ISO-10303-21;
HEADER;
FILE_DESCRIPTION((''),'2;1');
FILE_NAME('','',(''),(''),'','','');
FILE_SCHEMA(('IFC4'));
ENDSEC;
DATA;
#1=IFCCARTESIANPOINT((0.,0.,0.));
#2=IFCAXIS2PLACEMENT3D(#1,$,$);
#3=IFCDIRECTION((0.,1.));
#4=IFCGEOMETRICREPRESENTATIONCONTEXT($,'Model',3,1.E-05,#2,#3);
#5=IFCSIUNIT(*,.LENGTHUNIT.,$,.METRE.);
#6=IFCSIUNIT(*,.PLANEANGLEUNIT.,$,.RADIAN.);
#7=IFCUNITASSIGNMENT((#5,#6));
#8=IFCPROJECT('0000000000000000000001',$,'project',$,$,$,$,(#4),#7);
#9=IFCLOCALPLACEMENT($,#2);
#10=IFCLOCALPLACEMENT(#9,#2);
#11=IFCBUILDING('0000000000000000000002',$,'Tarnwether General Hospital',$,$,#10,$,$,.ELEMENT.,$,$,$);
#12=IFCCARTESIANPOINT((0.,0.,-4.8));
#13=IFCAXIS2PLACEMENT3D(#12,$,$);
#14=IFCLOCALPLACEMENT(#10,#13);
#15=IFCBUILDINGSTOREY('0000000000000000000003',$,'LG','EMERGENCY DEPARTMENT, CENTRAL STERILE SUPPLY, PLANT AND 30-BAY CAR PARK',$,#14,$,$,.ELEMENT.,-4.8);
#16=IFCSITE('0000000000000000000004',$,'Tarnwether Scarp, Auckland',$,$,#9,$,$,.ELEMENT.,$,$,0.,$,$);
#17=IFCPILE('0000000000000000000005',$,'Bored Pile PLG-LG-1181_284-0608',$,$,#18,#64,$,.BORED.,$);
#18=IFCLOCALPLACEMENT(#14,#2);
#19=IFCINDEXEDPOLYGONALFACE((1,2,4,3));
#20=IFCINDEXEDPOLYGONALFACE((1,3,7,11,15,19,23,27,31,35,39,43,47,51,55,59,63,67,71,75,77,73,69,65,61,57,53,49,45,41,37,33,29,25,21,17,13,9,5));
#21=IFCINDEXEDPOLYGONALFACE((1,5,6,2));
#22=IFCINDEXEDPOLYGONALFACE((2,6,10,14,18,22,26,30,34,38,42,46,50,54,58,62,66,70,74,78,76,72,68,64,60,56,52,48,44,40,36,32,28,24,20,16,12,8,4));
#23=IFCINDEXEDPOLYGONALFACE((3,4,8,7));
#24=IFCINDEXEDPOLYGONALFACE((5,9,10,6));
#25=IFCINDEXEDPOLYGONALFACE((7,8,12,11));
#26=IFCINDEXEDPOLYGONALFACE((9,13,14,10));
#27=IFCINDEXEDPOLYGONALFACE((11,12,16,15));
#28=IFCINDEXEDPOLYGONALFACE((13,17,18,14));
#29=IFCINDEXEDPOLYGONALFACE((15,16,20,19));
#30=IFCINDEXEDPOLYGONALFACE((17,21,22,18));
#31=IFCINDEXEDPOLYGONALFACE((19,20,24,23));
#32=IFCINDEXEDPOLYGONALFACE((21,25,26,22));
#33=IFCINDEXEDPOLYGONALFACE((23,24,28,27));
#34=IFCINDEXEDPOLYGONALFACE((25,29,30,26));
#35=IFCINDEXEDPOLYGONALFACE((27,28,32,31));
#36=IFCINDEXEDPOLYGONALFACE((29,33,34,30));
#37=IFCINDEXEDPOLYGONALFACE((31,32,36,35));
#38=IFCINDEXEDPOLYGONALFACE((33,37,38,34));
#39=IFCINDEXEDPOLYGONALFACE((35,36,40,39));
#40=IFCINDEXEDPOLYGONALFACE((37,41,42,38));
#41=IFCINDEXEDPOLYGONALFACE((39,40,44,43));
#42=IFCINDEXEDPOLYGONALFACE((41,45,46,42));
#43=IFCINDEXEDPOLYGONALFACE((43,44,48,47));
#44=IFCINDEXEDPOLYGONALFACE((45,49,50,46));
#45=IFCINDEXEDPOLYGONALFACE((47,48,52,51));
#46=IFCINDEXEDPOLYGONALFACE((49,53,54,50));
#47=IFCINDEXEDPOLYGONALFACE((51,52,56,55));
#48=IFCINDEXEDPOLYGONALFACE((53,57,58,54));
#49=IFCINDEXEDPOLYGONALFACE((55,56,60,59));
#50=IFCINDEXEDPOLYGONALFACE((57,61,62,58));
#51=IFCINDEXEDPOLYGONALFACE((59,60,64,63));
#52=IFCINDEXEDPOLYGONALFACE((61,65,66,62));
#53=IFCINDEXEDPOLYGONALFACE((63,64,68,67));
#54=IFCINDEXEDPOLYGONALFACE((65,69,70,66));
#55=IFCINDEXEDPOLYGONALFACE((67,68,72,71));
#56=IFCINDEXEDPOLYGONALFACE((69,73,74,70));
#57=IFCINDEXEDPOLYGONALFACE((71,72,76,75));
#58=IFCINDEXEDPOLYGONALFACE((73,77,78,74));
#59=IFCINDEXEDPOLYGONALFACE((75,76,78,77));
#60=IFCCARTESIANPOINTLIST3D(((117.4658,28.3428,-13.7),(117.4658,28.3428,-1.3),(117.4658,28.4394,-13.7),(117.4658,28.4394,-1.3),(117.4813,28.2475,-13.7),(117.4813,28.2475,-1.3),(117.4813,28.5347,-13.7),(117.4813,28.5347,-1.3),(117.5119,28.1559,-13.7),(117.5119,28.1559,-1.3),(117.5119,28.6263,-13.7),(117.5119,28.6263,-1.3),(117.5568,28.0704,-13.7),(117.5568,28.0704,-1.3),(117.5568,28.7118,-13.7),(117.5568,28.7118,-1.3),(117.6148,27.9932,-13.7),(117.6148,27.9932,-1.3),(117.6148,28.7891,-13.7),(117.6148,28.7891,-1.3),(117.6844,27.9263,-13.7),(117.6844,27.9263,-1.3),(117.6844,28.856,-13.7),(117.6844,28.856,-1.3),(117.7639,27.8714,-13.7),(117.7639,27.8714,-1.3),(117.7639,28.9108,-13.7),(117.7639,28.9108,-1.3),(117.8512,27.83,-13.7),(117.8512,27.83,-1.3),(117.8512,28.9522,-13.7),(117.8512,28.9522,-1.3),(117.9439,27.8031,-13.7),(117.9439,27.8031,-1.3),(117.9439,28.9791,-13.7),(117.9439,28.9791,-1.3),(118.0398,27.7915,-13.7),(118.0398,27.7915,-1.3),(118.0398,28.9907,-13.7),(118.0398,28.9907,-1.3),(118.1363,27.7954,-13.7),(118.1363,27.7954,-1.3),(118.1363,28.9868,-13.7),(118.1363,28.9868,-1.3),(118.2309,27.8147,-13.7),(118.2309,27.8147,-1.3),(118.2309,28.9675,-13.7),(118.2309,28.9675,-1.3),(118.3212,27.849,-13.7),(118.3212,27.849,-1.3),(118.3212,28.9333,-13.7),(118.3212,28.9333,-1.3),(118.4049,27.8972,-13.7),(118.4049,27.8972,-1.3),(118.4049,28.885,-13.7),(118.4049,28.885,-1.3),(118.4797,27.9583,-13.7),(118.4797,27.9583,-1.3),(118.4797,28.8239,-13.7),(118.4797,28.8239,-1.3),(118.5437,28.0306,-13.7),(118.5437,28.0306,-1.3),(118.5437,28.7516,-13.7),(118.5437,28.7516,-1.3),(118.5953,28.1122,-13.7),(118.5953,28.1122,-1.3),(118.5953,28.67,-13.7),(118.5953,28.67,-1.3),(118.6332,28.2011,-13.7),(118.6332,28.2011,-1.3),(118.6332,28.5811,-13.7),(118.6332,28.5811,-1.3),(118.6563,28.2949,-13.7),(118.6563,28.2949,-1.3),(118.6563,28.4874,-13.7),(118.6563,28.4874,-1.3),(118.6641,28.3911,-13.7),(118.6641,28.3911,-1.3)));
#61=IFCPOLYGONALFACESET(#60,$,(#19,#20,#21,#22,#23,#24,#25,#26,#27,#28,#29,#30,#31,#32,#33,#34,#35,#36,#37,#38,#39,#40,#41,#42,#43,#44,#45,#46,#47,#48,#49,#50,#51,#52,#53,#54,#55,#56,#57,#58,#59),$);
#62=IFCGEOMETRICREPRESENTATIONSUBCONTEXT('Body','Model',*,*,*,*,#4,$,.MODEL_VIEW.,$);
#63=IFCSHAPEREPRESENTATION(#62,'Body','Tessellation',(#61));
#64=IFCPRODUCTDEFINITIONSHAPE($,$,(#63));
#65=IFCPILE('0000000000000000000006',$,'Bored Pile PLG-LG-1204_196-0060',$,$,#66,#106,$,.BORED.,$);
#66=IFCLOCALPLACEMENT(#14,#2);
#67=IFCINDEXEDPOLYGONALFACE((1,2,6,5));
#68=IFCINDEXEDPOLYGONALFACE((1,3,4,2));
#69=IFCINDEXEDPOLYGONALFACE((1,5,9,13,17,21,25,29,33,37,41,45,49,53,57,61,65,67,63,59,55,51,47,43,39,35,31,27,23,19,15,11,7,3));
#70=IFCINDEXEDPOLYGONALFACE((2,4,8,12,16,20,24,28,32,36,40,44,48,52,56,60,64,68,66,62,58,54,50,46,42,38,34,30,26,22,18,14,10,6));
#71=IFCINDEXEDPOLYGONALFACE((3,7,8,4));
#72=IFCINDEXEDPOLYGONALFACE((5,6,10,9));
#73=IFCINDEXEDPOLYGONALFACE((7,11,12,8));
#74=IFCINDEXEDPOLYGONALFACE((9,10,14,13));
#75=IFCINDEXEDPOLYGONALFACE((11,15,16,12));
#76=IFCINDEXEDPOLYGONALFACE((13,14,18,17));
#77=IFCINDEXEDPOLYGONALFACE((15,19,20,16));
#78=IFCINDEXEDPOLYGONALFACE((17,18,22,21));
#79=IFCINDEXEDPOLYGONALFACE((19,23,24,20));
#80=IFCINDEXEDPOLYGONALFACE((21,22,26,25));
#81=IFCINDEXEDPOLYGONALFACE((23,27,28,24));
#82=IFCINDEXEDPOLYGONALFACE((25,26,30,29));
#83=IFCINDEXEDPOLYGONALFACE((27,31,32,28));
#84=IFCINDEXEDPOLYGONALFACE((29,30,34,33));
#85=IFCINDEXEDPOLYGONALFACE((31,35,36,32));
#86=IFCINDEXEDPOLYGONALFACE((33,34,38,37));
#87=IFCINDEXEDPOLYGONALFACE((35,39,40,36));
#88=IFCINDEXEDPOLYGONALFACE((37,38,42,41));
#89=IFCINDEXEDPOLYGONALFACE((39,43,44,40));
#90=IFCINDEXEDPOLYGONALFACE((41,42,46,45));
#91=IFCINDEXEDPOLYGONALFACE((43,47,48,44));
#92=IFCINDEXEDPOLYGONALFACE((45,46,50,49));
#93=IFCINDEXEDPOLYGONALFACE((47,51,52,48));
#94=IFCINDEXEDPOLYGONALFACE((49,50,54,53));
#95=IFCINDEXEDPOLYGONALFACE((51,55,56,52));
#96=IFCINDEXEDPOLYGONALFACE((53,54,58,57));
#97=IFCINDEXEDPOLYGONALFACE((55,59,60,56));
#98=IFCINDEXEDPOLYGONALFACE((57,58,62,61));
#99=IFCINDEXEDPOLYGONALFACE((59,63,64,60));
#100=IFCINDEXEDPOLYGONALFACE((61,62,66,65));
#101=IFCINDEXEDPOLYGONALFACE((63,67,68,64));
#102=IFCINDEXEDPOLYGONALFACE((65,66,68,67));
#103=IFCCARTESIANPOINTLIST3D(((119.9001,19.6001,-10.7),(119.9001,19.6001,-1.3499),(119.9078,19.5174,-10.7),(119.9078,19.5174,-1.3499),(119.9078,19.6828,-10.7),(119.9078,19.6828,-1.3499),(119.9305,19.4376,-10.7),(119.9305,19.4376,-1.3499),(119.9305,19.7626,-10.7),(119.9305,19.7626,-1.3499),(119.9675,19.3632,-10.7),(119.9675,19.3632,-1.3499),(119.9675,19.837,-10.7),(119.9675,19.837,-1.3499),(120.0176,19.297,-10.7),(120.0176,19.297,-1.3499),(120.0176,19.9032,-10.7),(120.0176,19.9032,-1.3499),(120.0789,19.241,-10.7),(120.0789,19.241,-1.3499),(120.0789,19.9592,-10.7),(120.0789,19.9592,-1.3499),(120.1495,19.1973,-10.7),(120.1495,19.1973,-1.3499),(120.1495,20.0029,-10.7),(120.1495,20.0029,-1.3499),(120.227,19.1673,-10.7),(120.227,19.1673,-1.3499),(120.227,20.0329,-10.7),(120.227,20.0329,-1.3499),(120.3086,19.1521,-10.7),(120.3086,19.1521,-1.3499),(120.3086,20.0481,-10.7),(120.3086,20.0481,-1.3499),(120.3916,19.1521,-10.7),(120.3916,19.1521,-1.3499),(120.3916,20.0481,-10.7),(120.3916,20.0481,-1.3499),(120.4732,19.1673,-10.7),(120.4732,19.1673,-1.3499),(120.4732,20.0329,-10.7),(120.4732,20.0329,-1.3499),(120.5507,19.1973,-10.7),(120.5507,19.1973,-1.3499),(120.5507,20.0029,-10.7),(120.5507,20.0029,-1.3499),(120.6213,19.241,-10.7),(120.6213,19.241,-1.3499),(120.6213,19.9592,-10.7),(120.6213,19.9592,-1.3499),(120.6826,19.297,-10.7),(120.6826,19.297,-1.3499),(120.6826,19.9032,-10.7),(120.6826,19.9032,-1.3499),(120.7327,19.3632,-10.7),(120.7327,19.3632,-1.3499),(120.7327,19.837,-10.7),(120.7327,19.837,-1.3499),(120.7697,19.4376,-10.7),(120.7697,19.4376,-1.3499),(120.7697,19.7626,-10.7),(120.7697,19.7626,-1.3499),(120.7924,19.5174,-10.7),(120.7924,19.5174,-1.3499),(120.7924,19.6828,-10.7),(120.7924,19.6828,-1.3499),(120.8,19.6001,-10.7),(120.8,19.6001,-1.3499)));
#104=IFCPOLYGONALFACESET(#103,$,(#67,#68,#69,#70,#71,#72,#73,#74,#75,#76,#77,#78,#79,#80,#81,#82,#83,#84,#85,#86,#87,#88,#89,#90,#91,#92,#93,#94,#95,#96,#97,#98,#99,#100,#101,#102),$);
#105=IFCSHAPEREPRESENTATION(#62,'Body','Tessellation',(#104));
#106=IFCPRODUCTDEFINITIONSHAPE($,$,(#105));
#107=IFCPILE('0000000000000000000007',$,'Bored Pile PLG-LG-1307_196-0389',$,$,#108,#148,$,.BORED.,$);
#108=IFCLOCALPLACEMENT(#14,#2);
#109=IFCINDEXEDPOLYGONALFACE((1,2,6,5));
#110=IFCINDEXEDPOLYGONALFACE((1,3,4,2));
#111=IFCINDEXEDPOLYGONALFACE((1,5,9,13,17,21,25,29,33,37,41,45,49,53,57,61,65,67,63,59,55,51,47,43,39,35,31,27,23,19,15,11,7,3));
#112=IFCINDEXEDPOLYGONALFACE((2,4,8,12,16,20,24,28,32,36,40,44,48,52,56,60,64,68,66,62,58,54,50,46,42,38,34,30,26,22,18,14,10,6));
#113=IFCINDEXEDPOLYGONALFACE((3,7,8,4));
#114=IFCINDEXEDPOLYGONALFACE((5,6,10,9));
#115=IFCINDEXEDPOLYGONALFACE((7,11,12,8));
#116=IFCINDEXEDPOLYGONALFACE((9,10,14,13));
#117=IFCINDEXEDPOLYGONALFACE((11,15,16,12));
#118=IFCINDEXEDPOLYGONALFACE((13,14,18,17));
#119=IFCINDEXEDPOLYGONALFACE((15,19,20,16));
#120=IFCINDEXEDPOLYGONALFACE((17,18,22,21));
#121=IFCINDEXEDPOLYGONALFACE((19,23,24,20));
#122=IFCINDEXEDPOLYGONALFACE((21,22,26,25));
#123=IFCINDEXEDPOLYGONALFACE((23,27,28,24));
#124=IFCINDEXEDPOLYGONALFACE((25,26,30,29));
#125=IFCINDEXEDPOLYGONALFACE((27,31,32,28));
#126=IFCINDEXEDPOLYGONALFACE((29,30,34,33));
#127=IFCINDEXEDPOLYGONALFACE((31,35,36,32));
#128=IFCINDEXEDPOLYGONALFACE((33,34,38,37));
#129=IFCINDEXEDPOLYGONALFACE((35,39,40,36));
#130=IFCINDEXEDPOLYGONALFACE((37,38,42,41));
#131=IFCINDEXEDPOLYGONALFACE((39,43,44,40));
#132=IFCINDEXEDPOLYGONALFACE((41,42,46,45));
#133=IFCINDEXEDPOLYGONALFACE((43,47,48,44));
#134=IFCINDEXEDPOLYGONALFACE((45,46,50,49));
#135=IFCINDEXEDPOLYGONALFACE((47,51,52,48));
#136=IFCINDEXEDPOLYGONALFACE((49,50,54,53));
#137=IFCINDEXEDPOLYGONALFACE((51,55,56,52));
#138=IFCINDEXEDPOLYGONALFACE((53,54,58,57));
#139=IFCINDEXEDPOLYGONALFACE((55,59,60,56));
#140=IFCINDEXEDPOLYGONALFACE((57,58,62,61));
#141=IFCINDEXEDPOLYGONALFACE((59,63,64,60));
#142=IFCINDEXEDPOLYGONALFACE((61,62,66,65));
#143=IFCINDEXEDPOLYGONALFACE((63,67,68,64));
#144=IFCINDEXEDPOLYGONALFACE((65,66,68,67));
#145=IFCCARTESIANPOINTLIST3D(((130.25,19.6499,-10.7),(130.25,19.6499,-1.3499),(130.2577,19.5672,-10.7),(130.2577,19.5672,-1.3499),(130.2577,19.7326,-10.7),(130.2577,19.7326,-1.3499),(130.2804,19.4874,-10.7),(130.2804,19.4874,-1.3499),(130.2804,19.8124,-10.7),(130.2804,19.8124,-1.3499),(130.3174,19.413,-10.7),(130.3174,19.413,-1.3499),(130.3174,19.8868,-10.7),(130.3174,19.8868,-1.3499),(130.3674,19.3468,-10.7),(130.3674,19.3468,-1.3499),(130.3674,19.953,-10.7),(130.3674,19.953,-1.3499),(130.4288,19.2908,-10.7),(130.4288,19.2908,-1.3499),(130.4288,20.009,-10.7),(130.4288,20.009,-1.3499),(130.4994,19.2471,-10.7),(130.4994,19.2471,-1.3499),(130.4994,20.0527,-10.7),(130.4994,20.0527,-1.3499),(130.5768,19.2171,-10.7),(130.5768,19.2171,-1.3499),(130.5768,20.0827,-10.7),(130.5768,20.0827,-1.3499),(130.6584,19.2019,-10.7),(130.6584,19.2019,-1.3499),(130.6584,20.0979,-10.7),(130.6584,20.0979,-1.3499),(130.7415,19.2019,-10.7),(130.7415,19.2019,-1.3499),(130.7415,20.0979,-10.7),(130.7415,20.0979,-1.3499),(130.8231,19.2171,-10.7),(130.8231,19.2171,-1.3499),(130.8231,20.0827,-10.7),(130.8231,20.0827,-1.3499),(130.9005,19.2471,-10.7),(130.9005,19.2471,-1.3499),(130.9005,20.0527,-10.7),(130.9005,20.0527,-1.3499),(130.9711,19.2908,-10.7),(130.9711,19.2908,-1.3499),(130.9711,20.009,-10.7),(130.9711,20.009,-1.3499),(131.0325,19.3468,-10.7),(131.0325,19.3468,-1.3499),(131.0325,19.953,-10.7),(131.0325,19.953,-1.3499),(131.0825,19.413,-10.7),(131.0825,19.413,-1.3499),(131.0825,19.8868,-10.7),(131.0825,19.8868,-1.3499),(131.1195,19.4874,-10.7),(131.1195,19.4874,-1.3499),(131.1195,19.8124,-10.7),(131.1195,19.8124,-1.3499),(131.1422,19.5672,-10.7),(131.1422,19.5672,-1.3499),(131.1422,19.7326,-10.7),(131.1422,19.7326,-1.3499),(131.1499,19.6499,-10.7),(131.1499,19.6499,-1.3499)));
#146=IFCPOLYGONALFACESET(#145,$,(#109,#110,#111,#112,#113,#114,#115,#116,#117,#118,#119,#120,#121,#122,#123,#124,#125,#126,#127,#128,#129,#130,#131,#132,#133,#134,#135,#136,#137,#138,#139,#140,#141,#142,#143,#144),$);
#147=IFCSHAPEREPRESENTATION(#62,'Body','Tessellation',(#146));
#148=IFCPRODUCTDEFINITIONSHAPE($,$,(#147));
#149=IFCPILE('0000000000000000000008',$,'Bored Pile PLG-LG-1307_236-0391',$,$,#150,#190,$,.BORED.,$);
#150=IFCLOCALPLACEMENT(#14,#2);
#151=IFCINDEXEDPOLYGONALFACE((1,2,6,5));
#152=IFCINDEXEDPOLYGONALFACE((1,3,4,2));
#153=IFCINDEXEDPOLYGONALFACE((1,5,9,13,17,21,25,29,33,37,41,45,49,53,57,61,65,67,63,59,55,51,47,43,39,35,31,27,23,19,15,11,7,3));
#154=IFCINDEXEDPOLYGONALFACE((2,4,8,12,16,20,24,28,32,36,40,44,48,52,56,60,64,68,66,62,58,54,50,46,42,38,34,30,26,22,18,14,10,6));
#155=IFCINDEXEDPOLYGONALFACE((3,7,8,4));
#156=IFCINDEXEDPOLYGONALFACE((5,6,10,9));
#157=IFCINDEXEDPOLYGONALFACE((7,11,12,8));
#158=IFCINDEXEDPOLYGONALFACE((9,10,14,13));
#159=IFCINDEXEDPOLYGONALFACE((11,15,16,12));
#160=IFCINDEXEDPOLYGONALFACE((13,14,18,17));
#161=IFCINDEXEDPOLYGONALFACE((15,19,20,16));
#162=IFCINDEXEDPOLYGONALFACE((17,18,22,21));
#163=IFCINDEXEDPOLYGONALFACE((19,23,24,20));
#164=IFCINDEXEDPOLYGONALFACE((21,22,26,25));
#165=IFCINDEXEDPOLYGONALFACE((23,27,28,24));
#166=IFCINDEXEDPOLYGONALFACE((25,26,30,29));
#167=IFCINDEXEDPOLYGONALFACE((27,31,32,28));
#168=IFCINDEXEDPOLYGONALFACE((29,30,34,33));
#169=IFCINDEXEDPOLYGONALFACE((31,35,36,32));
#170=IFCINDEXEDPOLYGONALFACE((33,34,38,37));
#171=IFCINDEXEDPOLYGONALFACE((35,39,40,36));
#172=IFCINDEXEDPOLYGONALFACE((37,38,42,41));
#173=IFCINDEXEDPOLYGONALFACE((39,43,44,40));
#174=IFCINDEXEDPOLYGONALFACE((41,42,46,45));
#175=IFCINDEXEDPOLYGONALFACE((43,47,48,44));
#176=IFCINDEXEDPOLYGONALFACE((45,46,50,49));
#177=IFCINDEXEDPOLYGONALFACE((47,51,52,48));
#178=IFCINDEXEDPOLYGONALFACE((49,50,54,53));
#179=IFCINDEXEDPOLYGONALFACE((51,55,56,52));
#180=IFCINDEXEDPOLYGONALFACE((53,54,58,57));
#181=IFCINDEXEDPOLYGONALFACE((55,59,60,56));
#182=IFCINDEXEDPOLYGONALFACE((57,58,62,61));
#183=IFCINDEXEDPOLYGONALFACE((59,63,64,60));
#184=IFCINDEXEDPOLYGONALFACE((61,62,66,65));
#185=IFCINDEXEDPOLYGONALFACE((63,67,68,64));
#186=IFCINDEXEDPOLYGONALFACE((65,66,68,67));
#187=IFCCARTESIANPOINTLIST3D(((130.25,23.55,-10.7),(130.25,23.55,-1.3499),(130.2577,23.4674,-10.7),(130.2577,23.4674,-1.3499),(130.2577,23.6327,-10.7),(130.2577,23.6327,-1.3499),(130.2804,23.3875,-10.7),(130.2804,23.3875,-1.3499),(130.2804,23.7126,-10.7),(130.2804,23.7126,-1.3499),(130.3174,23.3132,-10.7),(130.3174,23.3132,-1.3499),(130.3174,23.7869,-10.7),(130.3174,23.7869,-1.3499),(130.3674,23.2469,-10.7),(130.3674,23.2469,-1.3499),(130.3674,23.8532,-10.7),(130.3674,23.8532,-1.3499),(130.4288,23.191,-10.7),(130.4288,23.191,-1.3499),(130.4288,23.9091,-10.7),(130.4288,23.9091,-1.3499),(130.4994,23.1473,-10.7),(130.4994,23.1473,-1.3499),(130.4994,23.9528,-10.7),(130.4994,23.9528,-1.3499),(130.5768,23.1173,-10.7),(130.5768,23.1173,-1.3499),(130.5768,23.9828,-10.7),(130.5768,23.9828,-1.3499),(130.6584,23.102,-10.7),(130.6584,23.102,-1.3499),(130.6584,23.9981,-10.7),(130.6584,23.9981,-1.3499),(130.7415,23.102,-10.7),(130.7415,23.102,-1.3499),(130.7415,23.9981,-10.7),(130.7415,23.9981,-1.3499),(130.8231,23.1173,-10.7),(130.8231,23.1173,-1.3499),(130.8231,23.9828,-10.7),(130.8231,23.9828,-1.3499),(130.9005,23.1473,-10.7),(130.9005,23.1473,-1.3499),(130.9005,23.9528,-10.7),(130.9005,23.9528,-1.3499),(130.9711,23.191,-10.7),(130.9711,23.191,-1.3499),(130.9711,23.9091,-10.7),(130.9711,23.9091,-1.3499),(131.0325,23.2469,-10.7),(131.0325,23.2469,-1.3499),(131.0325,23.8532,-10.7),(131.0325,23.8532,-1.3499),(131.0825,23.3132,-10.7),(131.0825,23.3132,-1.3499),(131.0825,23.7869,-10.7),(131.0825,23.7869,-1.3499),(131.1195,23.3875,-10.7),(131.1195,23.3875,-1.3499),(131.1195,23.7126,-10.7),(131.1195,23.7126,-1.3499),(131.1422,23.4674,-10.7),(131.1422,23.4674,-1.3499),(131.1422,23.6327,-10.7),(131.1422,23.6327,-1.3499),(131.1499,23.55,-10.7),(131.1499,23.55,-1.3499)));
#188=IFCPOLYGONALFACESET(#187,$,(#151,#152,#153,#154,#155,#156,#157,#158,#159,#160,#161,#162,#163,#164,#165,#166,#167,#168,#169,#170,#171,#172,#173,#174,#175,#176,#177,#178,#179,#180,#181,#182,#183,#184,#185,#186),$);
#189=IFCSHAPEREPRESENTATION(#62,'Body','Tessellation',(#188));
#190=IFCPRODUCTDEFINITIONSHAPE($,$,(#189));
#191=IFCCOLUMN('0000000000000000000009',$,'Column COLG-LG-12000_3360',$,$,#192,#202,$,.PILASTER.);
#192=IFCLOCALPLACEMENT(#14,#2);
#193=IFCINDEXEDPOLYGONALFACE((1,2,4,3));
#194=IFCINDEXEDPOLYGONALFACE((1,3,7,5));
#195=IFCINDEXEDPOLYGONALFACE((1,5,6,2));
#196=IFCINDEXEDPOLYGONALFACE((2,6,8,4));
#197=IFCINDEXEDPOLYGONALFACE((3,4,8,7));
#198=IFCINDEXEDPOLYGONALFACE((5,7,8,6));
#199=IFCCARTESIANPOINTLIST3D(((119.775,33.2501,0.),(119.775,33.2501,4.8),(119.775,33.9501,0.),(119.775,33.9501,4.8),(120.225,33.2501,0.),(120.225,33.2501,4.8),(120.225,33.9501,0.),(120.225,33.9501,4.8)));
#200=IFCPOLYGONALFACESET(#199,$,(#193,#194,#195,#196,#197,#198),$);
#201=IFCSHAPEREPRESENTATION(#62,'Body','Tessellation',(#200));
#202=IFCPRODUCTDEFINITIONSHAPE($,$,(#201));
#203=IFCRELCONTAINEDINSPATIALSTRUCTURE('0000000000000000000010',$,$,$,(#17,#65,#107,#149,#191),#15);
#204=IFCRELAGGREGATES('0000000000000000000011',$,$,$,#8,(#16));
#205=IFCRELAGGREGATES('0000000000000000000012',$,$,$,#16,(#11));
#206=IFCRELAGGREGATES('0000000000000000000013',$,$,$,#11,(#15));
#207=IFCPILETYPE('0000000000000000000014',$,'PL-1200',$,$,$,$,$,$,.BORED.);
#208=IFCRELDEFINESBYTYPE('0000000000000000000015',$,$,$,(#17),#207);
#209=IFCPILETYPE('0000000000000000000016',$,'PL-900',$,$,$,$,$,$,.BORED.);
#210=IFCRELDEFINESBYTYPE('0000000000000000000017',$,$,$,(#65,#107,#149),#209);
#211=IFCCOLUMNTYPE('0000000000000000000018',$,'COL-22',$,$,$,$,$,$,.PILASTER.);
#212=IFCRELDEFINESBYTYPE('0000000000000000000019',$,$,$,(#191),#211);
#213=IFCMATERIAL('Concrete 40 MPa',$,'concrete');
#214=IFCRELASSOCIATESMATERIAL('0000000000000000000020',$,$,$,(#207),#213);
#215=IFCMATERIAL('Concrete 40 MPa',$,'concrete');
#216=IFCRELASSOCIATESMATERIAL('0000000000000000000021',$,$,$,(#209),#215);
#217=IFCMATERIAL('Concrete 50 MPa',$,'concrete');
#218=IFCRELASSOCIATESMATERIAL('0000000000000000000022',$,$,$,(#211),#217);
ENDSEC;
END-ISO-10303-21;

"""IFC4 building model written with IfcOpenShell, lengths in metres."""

from ifc_helpers import new_model, si_unit, direction, frame, origin, origin_2d, place, context, subcontext, project, spatial, rectangle, circle, extrude, material, material_profile, profile_set, type_object, element, save


model = new_model("IFC4")

# Units and contexts
model_context = context("Model", 3, precision=1e-05, world=origin(), true_north=direction((0.0, 1.0)))
body_context = subcontext(model_context, "Body", "Model", "MODEL_VIEW")
ifc_project = project(units=[si_unit("LENGTHUNIT", "METRE"), si_unit("PLANEANGLEUNIT", "RADIAN")], contexts=[model_context])

# Site, building, storey
site_placement = place(None, origin())
site = spatial("IfcSite", under=ifc_project, at=site_placement, Name="Tarnwether Scarp, Auckland", CompositionType="ELEMENT", RefElevation=0.0)
building_placement = place(site_placement, origin())
building = spatial("IfcBuilding", under=site, at=building_placement, Name="Tarnwether General Hospital", CompositionType="ELEMENT")
storey_placement = place(building_placement, frame((0.0, 0.0, -4.8)))
storey = spatial("IfcBuildingStorey", under=building, at=storey_placement, Name="LG", Description="EMERGENCY DEPARTMENT, CENTRAL STERILE SUPPLY, PLANT AND 30-BAY CAR PARK", CompositionType="ELEMENT", Elevation=-4.8)

# Piles
ifc_material_1 = material(Name="Concrete 40 MPa", Category="concrete")
ifc_material_profile_1 = material_profile(ifc_material_1, circle(Radius=0.6001, at=origin_2d()), Name="PILE-D1200")
ifc_profile_set_1 = profile_set([ifc_material_profile_1], Name="Concrete 40 MPa")
pile_type_1 = type_object("IfcPileType", Name="PL-1200", PredefinedType="BORED", material=ifc_profile_set_1)
for number, where, z_axis, x_axis, name in (
    (1, (118.064, 28.3911, -1.3), (0.0, 0.0, -1.0), (1.0, 0.0, 0.0), "Bored Pile PLG-LG-1181_284-0608"),
):
    element("IfcPile", number, at=place(storey_placement, frame(where, z_axis=z_axis, x_axis=x_axis)), inside=storey, type_object=pile_type_1, Name=name, PredefinedType="BORED", context=body_context, shape_type="SweptSolid", body=[
        extrude(circle(Radius=0.6001, at=origin_2d()), origin(), (0.0, 0.0, 1.0), 12.3999),
    ])
ifc_material_2 = material(Name="Concrete 40 MPa", Category="concrete")
ifc_material_profile_2 = material_profile(ifc_material_2, circle(Radius=0.45, at=origin_2d()), Name="PILE-D900")
ifc_profile_set_2 = profile_set([ifc_material_profile_2], Name="Concrete 40 MPa")
pile_type_2 = type_object("IfcPileType", Name="PL-900", PredefinedType="BORED", material=ifc_profile_set_2)
for number, where, z_axis, x_axis, name in (
    (2, (120.3501, 19.6001, -1.3499), (0.0, 0.0, -1.0), (1.0, 0.0, 0.0), "Bored Pile PLG-LG-1204_196-0060"),
    (3, (130.7, 19.6499, -1.3499), (0.0, 0.0, -1.0), (1.0, 0.0, 0.0), "Bored Pile PLG-LG-1307_196-0389"),
    (4, (130.7, 23.55, -1.3499), (0.0, 0.0, -1.0), (1.0, 0.0, 0.0), "Bored Pile PLG-LG-1307_236-0391"),
):
    element("IfcPile", number, at=place(storey_placement, frame(where, z_axis=z_axis, x_axis=x_axis)), inside=storey, type_object=pile_type_2, Name=name, PredefinedType="BORED", context=body_context, shape_type="SweptSolid", body=[
        extrude(circle(Radius=0.45, at=origin_2d()), origin(), (0.0, 0.0, 1.0), 9.3501),
    ])

# Column
ifc_material_3 = material(Name="Concrete 50 MPa", Category="concrete")
ifc_material_profile_3 = material_profile(ifc_material_3, rectangle(XDim=0.45, YDim=0.7, at=origin_2d()), Name="RC-PIL-450x700")
ifc_profile_set_3 = profile_set([ifc_material_profile_3], Name="Concrete 50 MPa")
column_type_1 = type_object("IfcColumnType", Name="COL-22", PredefinedType="PILASTER", material=ifc_profile_set_3)
column_1_placement = place(storey_placement, frame((120.0, 33.6001, 0.0), z_axis=(0.0, 0.0, 1.0), x_axis=(1.0, 0.0, 0.0)))
element("IfcColumn", 5, at=column_1_placement, inside=storey, type_object=column_type_1, Name="Column COLG-LG-12000_3360", PredefinedType="PILASTER", context=body_context, shape_type="SweptSolid", body=[
    extrude(rectangle(XDim=0.45, YDim=0.7, at=origin_2d()), origin(), (0.0, 0.0, 1.0), 4.8),
])

save(model, "model.ifc")
